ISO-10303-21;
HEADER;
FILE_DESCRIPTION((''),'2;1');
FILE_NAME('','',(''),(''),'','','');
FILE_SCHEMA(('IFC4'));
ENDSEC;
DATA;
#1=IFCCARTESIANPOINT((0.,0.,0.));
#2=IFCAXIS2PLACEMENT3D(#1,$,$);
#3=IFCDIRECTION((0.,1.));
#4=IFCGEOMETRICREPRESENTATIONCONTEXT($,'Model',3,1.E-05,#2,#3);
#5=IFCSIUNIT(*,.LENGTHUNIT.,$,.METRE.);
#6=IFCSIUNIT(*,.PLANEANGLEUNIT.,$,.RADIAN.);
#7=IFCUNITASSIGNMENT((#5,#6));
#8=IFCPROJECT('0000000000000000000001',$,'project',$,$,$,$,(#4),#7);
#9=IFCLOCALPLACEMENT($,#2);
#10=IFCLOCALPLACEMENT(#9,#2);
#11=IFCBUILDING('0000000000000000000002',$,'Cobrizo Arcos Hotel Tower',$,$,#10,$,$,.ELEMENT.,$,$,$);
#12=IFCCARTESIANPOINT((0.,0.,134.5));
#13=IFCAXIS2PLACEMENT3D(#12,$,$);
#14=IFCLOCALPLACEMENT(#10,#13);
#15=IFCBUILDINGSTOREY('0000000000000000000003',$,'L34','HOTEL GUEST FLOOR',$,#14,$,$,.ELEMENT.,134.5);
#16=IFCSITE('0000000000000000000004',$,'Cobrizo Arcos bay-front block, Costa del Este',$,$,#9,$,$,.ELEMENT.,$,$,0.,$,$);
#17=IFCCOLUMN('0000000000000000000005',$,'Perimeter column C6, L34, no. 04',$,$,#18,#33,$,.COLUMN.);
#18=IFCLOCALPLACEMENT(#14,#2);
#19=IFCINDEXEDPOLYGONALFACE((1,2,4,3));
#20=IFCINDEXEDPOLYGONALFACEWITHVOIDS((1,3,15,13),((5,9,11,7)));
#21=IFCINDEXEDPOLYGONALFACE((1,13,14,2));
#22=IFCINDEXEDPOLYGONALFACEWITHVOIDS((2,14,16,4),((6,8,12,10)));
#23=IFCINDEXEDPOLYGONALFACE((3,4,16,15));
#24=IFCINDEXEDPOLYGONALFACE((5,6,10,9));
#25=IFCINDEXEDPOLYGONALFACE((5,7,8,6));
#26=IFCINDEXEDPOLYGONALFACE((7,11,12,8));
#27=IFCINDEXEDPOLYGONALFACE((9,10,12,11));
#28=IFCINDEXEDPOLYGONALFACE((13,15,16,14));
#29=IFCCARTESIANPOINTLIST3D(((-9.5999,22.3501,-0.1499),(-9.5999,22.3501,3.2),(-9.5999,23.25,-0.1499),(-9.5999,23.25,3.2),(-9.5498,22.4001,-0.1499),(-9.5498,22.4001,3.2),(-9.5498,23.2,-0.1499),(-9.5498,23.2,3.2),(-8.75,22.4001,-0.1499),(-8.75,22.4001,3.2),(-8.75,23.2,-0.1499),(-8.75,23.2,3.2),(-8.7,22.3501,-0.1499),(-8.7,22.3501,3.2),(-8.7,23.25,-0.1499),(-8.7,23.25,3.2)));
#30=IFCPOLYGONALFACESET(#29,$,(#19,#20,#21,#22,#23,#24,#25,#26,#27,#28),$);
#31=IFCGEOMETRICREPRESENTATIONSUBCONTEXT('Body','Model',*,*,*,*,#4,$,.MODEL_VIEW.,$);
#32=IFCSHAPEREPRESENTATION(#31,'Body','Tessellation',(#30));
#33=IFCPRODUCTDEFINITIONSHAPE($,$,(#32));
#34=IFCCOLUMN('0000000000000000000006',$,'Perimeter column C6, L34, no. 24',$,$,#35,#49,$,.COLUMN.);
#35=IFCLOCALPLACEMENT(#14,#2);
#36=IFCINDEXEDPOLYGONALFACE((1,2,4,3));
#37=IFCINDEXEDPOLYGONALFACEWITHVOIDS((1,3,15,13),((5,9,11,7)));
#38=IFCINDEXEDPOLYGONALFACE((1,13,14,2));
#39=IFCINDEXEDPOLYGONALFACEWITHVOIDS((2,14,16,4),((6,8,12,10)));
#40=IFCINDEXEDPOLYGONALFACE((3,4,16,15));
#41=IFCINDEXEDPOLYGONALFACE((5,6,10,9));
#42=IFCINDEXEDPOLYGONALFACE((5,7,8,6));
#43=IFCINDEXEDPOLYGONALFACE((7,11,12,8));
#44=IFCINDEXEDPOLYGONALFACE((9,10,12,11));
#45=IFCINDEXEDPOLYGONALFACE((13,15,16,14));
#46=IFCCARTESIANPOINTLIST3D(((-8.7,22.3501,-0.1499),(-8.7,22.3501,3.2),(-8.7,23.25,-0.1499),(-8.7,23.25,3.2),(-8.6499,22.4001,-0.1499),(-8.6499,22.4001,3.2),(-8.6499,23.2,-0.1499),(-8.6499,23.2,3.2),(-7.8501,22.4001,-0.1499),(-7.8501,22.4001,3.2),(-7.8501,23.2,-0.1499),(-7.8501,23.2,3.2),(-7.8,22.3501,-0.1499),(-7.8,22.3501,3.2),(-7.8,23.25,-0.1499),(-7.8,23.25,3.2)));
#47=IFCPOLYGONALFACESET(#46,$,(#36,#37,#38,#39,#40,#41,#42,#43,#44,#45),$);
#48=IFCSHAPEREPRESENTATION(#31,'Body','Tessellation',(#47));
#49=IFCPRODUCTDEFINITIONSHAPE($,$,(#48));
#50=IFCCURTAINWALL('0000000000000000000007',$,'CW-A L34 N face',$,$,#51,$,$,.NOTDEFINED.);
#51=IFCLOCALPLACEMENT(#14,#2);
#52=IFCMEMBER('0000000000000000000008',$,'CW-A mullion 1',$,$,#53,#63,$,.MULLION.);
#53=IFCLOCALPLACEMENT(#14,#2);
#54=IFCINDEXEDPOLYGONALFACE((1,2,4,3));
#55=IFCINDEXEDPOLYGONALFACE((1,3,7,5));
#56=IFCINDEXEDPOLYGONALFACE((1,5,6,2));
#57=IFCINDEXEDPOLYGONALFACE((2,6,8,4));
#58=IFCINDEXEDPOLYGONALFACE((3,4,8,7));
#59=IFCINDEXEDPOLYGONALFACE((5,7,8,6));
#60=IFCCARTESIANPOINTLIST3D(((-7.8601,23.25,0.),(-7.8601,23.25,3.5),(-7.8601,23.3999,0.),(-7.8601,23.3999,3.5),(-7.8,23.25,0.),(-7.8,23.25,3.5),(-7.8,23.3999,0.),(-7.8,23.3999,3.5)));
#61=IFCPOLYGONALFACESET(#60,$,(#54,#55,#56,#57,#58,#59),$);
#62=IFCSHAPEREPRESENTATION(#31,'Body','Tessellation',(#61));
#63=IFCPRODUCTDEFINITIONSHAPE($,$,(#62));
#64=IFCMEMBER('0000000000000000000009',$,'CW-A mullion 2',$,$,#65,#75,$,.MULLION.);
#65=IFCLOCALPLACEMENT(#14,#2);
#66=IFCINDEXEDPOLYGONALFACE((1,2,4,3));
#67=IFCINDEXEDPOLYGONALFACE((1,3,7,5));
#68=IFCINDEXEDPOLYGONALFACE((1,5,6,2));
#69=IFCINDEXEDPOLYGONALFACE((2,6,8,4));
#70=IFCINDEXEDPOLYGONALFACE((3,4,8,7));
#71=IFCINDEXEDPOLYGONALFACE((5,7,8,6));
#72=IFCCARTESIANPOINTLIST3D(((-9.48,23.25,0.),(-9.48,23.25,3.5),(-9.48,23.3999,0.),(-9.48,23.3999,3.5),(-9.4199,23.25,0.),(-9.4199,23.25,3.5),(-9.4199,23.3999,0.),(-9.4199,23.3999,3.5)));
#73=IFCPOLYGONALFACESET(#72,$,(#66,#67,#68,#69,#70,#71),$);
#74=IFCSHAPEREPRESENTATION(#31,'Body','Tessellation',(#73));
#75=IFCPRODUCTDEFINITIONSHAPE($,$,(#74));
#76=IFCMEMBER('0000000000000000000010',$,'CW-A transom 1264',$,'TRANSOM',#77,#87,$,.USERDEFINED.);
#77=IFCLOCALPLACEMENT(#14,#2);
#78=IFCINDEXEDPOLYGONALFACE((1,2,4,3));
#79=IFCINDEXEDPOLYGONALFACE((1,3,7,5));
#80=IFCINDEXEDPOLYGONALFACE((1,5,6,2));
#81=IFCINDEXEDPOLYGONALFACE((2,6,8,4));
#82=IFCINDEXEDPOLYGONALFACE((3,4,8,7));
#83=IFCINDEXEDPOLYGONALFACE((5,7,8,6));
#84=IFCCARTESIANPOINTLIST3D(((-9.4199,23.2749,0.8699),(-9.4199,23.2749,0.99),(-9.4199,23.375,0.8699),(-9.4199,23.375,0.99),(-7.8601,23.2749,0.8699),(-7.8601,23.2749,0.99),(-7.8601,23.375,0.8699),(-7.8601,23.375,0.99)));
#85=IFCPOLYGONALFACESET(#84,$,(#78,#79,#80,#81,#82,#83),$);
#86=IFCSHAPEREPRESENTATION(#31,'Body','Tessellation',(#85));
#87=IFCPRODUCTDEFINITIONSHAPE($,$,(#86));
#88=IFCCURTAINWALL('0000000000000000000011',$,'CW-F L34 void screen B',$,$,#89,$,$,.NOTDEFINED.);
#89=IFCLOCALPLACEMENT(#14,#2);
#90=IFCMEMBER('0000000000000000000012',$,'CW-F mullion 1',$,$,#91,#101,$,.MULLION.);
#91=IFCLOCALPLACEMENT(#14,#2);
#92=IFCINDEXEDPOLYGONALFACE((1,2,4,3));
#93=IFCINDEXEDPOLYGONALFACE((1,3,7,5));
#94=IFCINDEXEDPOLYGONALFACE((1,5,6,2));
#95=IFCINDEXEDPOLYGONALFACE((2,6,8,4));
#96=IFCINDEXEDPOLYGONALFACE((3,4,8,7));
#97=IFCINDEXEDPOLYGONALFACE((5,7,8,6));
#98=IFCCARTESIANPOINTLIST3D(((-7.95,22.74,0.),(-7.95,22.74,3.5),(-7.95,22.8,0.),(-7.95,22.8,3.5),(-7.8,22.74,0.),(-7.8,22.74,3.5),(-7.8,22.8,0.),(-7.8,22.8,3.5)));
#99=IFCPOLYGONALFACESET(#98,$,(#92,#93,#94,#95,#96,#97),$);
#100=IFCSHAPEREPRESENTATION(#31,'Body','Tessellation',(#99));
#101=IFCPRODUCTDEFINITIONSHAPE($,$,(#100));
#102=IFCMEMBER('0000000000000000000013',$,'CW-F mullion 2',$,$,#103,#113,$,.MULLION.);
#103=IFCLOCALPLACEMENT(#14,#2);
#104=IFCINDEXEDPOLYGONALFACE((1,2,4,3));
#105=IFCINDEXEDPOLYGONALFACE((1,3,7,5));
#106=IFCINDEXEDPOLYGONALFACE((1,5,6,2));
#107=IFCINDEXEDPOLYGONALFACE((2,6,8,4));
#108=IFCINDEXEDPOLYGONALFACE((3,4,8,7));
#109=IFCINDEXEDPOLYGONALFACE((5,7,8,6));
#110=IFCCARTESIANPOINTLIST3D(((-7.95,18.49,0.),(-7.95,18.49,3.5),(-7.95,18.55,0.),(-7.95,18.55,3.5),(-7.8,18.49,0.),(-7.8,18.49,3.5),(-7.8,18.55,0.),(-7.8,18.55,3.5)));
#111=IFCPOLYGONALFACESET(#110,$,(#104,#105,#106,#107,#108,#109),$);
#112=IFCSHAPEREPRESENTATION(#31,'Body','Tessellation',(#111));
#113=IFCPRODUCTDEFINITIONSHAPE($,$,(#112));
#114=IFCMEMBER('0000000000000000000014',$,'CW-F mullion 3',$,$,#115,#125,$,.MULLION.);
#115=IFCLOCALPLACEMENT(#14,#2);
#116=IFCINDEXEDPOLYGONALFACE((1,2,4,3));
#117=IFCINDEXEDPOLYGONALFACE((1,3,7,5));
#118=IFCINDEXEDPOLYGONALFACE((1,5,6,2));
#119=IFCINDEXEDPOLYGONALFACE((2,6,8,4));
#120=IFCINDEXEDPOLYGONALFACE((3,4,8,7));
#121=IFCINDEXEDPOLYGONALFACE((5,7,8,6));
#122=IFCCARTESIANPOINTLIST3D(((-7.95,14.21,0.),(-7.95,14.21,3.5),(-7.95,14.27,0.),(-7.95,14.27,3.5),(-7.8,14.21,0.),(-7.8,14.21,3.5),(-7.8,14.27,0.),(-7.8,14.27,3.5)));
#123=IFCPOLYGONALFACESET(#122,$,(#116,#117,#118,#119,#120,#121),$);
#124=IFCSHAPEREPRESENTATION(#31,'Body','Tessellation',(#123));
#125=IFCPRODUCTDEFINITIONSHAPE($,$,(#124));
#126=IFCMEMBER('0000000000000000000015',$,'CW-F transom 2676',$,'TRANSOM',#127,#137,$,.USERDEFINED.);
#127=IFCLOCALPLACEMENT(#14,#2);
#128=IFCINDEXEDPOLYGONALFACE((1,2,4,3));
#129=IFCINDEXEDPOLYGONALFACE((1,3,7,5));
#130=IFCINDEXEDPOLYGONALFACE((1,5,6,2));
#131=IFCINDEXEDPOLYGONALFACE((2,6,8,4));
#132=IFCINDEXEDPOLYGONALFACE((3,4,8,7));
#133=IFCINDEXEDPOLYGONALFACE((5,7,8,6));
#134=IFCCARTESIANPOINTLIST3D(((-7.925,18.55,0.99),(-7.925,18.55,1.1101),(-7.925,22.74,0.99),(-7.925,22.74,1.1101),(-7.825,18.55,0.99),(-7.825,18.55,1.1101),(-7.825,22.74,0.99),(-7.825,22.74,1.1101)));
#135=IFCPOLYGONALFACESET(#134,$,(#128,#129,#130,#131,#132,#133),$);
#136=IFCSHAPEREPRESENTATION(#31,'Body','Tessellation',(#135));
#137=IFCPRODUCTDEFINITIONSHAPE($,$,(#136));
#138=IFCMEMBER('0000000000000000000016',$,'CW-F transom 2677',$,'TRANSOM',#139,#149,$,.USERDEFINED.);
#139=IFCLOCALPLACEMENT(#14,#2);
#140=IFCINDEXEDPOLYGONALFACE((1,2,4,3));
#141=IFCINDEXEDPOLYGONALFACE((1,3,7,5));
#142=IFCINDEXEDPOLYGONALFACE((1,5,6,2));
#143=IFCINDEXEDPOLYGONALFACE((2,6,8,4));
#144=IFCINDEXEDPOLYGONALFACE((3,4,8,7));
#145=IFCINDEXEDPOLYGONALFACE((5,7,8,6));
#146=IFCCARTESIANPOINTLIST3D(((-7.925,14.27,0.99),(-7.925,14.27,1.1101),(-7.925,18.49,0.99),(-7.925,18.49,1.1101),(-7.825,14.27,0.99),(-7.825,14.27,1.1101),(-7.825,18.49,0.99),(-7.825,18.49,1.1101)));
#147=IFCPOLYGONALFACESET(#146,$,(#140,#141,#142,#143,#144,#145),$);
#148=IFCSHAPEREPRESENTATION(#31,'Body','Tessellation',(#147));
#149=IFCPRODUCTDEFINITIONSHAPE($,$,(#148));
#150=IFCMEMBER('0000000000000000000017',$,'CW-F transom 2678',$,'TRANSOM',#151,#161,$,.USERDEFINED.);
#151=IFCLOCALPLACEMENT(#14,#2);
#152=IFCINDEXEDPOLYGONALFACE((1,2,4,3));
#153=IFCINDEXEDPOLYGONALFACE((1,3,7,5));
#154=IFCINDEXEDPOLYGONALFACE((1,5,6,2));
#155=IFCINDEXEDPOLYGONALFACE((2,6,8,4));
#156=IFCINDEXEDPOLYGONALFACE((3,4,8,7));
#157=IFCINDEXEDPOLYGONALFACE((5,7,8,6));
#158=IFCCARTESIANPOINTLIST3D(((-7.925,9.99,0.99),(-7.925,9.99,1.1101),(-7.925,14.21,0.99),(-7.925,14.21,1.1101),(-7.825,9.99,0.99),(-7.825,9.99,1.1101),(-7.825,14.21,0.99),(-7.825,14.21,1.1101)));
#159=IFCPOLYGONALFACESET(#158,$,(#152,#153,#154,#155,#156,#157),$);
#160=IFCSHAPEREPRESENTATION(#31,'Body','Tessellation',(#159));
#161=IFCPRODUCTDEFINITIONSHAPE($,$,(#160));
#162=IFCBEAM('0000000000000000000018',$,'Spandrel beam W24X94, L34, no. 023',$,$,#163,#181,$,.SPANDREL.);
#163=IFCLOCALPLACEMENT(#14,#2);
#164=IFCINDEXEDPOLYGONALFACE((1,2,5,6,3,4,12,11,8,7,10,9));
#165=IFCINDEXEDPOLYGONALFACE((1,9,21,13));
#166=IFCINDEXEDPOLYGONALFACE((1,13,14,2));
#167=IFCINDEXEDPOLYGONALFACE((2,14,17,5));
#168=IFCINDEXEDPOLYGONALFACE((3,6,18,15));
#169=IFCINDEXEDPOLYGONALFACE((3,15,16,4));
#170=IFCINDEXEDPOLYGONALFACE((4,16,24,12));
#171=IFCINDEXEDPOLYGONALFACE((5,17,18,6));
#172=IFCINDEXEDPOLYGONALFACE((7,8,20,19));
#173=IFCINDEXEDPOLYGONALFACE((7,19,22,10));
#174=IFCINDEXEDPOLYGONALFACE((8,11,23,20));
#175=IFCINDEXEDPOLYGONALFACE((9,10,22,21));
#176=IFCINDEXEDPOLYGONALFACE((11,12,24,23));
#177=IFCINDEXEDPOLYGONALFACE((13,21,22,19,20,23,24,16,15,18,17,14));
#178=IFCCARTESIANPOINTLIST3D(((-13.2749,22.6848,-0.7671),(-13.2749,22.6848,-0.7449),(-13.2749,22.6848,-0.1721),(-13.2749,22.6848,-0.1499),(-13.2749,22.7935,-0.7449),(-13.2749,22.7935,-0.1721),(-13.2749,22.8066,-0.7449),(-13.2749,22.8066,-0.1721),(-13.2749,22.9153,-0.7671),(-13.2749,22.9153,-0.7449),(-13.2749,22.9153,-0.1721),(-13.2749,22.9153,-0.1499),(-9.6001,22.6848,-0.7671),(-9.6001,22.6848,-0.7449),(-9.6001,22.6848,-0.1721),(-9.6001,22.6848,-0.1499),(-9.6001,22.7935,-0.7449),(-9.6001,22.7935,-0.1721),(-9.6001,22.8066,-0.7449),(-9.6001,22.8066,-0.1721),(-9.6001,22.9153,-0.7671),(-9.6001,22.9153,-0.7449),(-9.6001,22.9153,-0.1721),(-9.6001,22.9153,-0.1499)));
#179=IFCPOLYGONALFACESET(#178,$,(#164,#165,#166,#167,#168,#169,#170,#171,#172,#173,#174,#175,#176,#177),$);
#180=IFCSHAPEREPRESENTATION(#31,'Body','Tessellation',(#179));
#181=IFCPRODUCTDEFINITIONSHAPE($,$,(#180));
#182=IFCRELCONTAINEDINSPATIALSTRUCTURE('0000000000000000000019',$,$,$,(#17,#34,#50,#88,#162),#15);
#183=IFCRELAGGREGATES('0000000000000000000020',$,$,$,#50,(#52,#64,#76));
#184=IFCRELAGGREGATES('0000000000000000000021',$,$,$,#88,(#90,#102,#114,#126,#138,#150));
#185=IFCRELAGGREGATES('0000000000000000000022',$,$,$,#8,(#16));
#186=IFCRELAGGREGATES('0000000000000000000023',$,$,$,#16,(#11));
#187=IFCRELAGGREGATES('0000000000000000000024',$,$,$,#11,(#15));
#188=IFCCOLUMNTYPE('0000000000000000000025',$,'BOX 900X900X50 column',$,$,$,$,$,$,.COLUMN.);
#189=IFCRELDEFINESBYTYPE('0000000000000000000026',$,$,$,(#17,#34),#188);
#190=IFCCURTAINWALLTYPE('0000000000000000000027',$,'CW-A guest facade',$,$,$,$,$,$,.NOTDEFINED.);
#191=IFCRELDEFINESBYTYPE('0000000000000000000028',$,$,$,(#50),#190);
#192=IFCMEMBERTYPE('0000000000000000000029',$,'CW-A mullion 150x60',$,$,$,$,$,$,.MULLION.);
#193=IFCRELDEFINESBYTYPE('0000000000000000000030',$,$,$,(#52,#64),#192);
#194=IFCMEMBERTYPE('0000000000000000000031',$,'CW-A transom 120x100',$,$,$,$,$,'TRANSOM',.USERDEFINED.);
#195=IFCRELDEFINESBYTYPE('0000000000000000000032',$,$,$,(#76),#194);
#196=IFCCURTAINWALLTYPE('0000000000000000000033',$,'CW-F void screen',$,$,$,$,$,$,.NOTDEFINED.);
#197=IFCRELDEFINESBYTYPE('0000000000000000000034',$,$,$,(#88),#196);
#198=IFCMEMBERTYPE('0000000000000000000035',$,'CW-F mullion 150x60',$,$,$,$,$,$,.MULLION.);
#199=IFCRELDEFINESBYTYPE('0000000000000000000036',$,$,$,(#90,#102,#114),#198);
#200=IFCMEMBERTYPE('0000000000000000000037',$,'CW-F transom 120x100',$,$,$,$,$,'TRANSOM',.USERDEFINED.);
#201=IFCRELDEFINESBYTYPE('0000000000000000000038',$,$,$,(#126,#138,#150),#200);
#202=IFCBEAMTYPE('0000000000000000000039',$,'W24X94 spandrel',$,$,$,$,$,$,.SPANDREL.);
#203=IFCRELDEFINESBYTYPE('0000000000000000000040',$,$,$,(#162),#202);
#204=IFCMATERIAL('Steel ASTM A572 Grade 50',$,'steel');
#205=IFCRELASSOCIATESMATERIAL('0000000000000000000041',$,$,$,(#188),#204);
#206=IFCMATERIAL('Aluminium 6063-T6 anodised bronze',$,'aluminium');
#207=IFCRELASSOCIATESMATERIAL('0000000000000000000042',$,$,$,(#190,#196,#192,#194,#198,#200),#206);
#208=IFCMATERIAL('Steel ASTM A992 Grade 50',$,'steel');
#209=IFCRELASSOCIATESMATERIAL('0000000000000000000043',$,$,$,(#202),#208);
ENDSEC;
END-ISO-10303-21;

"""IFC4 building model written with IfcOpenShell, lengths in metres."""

from ifc_helpers import new_model, si_unit, direction, frame, origin, origin_2d, place, context, subcontext, project, spatial, rectangle, hollow_rectangle, i_section, extrude, material, material_profile, profile_set, type_object, element, aggregate, save


model = new_model("IFC4")

# Units and contexts
model_context = context("Model", 3, precision=1e-05, world=origin(), true_north=direction((0.0, 1.0)))
body_context = subcontext(model_context, "Body", "Model", "MODEL_VIEW")
ifc_project = project(units=[si_unit("LENGTHUNIT", "METRE"), si_unit("PLANEANGLEUNIT", "RADIAN")], contexts=[model_context])

# Site, building, storey
site_placement = place(None, origin())
site = spatial("IfcSite", under=ifc_project, at=site_placement, Name="Cobrizo Arcos bay-front block, Costa del Este", CompositionType="ELEMENT", RefElevation=0.0)
building_placement = place(site_placement, origin())
building = spatial("IfcBuilding", under=site, at=building_placement, Name="Cobrizo Arcos Hotel Tower", CompositionType="ELEMENT")
storey_placement = place(building_placement, frame((0.0, 0.0, 134.5)))
storey = spatial("IfcBuildingStorey", under=building, at=storey_placement, Name="L34", Description="HOTEL GUEST FLOOR", CompositionType="ELEMENT", Elevation=134.5)

# Columns
ifc_material_1 = material(Name="Steel ASTM A572 Grade 50", Category="steel")
ifc_material_profile_1 = material_profile(ifc_material_1, hollow_rectangle(XDim=0.8999, YDim=0.8999, WallThickness=0.05, at=origin_2d()), Name="BOX 900X900X50")
ifc_profile_set_1 = profile_set([ifc_material_profile_1], Name="Steel ASTM A572 Grade 50")
column_type = type_object("IfcColumnType", Name="BOX 900X900X50 column", PredefinedType="COLUMN", material=ifc_profile_set_1)
for number, where, z_axis, x_axis, name in (
    (1, (-9.1499, 22.8, -0.1499), (0.0, 0.0, 1.0), (1.0, 0.0, 0.0), "Perimeter column C6, L34, no. 04"),
    (2, (-8.25, 22.8, -0.1499), (0.0, 0.0, 1.0), (1.0, 0.0, 0.0), "Perimeter column C6, L34, no. 24"),
):
    element("IfcColumn", number, at=place(storey_placement, frame(where, z_axis=z_axis, x_axis=x_axis)), inside=storey, type_object=column_type, Name=name, PredefinedType="COLUMN", context=body_context, shape_type="SweptSolid", body=[
        extrude(hollow_rectangle(XDim=0.8999, YDim=0.8999, WallThickness=0.05, at=origin_2d()), origin(), (0.0, 0.0, 1.0), 3.3499),
    ])

# Curtain walls, members
ifc_material_2 = material(Name="Aluminium 6063-T6 anodised bronze", Category="aluminium")
curtain_wall_type_1 = type_object("IfcCurtainWallType", Name="CW-A guest facade", PredefinedType="NOTDEFINED", material=ifc_material_2)
curtain_wall_1_placement = place(storey_placement, origin())
curtain_wall_1 = element("IfcCurtainWall", 3, at=curtain_wall_1_placement, inside=storey, type_object=curtain_wall_type_1, Name="CW-A L34 N face", PredefinedType="NOTDEFINED")
ifc_material_profile_2 = material_profile(ifc_material_2, rectangle(XDim=0.1499, YDim=0.0601, at=origin_2d()), Name="CW-A mullion 150x60")
ifc_profile_set_2 = profile_set([ifc_material_profile_2], Name="Aluminium 6063-T6 anodised bronze")
member_type_1 = type_object("IfcMemberType", Name="CW-A mullion 150x60", PredefinedType="MULLION", material=ifc_profile_set_2)
member_1_placement = place(storey_placement, frame((-7.8301, 23.325, 0.0), z_axis=(0.0, 0.0, 1.0), x_axis=(0.0, 1.0, 0.0)))
member_1 = element("IfcMember", 4, at=member_1_placement, type_object=member_type_1, Name="CW-A mullion 1", PredefinedType="MULLION", context=body_context, shape_type="SweptSolid", body=[
    extrude(rectangle(XDim=0.1499, YDim=0.0601, at=origin_2d()), origin(), (0.0, 0.0, 1.0), 3.5),
])
member_2_placement = place(storey_placement, frame((-9.45, 23.325, 0.0), z_axis=(0.0, 0.0, 1.0), x_axis=(0.0, 1.0, 0.0)))
member_2 = element("IfcMember", 5, at=member_2_placement, type_object=member_type_1, Name="CW-A mullion 2", PredefinedType="MULLION", context=body_context, shape_type="SweptSolid", body=[
    extrude(rectangle(XDim=0.1499, YDim=0.0601, at=origin_2d()), origin(), (0.0, 0.0, 1.0), 3.5),
])
ifc_material_profile_3 = material_profile(ifc_material_2, rectangle(XDim=0.1001, YDim=0.1201, at=origin_2d()), Name="CW-A transom 120x100")
ifc_profile_set_3 = profile_set([ifc_material_profile_3], Name="Aluminium 6063-T6 anodised bronze")
member_type_2 = type_object("IfcMemberType", Name="CW-A transom 120x100", ElementType="TRANSOM", PredefinedType="USERDEFINED", material=ifc_profile_set_3)
member_3_placement = place(storey_placement, frame((-7.8601, 23.325, 0.9299), z_axis=(-1.0, 0.0, 0.0), x_axis=(0.0, -1.0, 0.0)))
member_3 = element("IfcMember", 6, at=member_3_placement, type_object=member_type_2, Name="CW-A transom 1264", ObjectType="TRANSOM", PredefinedType="USERDEFINED", context=body_context, shape_type="SweptSolid", body=[
    extrude(rectangle(XDim=0.1001, YDim=0.1201, at=origin_2d()), origin(), (0.0, 0.0, 1.0), 1.5598),
])
curtain_wall_type_2 = type_object("IfcCurtainWallType", Name="CW-F void screen", PredefinedType="NOTDEFINED", material=ifc_material_2)
curtain_wall_2_placement = place(storey_placement, origin())
curtain_wall_2 = element("IfcCurtainWall", 7, at=curtain_wall_2_placement, inside=storey, type_object=curtain_wall_type_2, Name="CW-F L34 void screen B", PredefinedType="NOTDEFINED")
ifc_material_profile_4 = material_profile(ifc_material_2, rectangle(XDim=0.1499, YDim=0.0601, at=origin_2d()), Name="CW-F mullion 150x60")
ifc_profile_set_4 = profile_set([ifc_material_profile_4], Name="Aluminium 6063-T6 anodised bronze")
member_type_3 = type_object("IfcMemberType", Name="CW-F mullion 150x60", PredefinedType="MULLION", material=ifc_profile_set_4)
member_4_placement = place(storey_placement, frame((-7.875, 22.77, 0.0), z_axis=(0.0, 0.0, 1.0), x_axis=(-1.0, 0.0, 0.0)))
member_4 = element("IfcMember", 8, at=member_4_placement, type_object=member_type_3, Name="CW-F mullion 1", PredefinedType="MULLION", context=body_context, shape_type="SweptSolid", body=[
    extrude(rectangle(XDim=0.1499, YDim=0.0601, at=origin_2d()), origin(), (0.0, 0.0, 1.0), 3.5),
])
member_5_placement = place(storey_placement, frame((-7.875, 18.52, 0.0), z_axis=(0.0, 0.0, 1.0), x_axis=(-1.0, 0.0, 0.0)))
member_5 = element("IfcMember", 9, at=member_5_placement, type_object=member_type_3, Name="CW-F mullion 2", PredefinedType="MULLION", context=body_context, shape_type="SweptSolid", body=[
    extrude(rectangle(XDim=0.1499, YDim=0.0601, at=origin_2d()), origin(), (0.0, 0.0, 1.0), 3.5),
])
member_6_placement = place(storey_placement, frame((-7.875, 14.24, 0.0), z_axis=(0.0, 0.0, 1.0), x_axis=(-1.0, 0.0, 0.0)))
member_6 = element("IfcMember", 10, at=member_6_placement, type_object=member_type_3, Name="CW-F mullion 3", PredefinedType="MULLION", context=body_context, shape_type="SweptSolid", body=[
    extrude(rectangle(XDim=0.1499, YDim=0.0601, at=origin_2d()), origin(), (0.0, 0.0, 1.0), 3.5),
])
ifc_material_profile_5 = material_profile(ifc_material_2, rectangle(XDim=0.1001, YDim=0.1201, at=origin_2d()), Name="CW-F transom 120x100")
ifc_profile_set_5 = profile_set([ifc_material_profile_5], Name="Aluminium 6063-T6 anodised bronze")
member_type_4 = type_object("IfcMemberType", Name="CW-F transom 120x100", ElementType="TRANSOM", PredefinedType="USERDEFINED", material=ifc_profile_set_5)
member_7_placement = place(storey_placement, frame((-7.875, 22.74, 1.05), z_axis=(0.0, -1.0, 0.0), x_axis=(1.0, 0.0, 0.0)))
member_7 = element("IfcMember", 11, at=member_7_placement, type_object=member_type_4, Name="CW-F transom 2676", ObjectType="TRANSOM", PredefinedType="USERDEFINED", context=body_context, shape_type="SweptSolid", body=[
    extrude(rectangle(XDim=0.1001, YDim=0.1201, at=origin_2d()), origin(), (0.0, 0.0, 1.0), 4.1899),
])
member_8_placement = place(storey_placement, frame((-7.875, 18.49, 1.05), z_axis=(0.0, -1.0, 0.0), x_axis=(1.0, 0.0, 0.0)))
member_8 = element("IfcMember", 12, at=member_8_placement, type_object=member_type_4, Name="CW-F transom 2677", ObjectType="TRANSOM", PredefinedType="USERDEFINED", context=body_context, shape_type="SweptSolid", body=[
    extrude(rectangle(XDim=0.1001, YDim=0.1201, at=origin_2d()), origin(), (0.0, 0.0, 1.0), 4.22),
])
member_9_placement = place(storey_placement, frame((-7.875, 14.21, 1.05), z_axis=(0.0, -1.0, 0.0), x_axis=(1.0, 0.0, 0.0)))
member_9 = element("IfcMember", 13, at=member_9_placement, type_object=member_type_4, Name="CW-F transom 2678", ObjectType="TRANSOM", PredefinedType="USERDEFINED", context=body_context, shape_type="SweptSolid", body=[
    extrude(rectangle(XDim=0.1001, YDim=0.1201, at=origin_2d()), origin(), (0.0, 0.0, 1.0), 4.22),
])

# Beam
ifc_material_3 = material(Name="Steel ASTM A992 Grade 50", Category="steel")
ifc_material_profile_6 = material_profile(ifc_material_3, i_section(OverallWidth=0.2305, OverallDepth=0.6172, WebThickness=0.0132, FlangeThickness=0.0222, at=origin_2d()), Name="W24X94")
ifc_profile_set_6 = profile_set([ifc_material_profile_6], Name="Steel ASTM A992 Grade 50")
beam_type = type_object("IfcBeamType", Name="W24X94 spandrel", PredefinedType="SPANDREL", material=ifc_profile_set_6)
beam_1_placement = place(storey_placement, frame((-13.2749, 22.8, -0.4585), z_axis=(1.0, 0.0, 0.0), x_axis=(0.0, 1.0, 0.0)))
element("IfcBeam", 14, at=beam_1_placement, inside=storey, type_object=beam_type, Name="Spandrel beam W24X94, L34, no. 023", PredefinedType="SPANDREL", context=body_context, shape_type="SweptSolid", body=[
    extrude(i_section(OverallWidth=0.2305, OverallDepth=0.6172, WebThickness=0.0132, FlangeThickness=0.0222, at=origin_2d()), origin(), (0.0, 0.0, 1.0), 3.6748),
])

aggregate(curtain_wall_1, [member_1, member_2, member_3])
aggregate(curtain_wall_2, [member_4, member_5, member_6, member_7, member_8, member_9])

save(model, "model.ifc")
